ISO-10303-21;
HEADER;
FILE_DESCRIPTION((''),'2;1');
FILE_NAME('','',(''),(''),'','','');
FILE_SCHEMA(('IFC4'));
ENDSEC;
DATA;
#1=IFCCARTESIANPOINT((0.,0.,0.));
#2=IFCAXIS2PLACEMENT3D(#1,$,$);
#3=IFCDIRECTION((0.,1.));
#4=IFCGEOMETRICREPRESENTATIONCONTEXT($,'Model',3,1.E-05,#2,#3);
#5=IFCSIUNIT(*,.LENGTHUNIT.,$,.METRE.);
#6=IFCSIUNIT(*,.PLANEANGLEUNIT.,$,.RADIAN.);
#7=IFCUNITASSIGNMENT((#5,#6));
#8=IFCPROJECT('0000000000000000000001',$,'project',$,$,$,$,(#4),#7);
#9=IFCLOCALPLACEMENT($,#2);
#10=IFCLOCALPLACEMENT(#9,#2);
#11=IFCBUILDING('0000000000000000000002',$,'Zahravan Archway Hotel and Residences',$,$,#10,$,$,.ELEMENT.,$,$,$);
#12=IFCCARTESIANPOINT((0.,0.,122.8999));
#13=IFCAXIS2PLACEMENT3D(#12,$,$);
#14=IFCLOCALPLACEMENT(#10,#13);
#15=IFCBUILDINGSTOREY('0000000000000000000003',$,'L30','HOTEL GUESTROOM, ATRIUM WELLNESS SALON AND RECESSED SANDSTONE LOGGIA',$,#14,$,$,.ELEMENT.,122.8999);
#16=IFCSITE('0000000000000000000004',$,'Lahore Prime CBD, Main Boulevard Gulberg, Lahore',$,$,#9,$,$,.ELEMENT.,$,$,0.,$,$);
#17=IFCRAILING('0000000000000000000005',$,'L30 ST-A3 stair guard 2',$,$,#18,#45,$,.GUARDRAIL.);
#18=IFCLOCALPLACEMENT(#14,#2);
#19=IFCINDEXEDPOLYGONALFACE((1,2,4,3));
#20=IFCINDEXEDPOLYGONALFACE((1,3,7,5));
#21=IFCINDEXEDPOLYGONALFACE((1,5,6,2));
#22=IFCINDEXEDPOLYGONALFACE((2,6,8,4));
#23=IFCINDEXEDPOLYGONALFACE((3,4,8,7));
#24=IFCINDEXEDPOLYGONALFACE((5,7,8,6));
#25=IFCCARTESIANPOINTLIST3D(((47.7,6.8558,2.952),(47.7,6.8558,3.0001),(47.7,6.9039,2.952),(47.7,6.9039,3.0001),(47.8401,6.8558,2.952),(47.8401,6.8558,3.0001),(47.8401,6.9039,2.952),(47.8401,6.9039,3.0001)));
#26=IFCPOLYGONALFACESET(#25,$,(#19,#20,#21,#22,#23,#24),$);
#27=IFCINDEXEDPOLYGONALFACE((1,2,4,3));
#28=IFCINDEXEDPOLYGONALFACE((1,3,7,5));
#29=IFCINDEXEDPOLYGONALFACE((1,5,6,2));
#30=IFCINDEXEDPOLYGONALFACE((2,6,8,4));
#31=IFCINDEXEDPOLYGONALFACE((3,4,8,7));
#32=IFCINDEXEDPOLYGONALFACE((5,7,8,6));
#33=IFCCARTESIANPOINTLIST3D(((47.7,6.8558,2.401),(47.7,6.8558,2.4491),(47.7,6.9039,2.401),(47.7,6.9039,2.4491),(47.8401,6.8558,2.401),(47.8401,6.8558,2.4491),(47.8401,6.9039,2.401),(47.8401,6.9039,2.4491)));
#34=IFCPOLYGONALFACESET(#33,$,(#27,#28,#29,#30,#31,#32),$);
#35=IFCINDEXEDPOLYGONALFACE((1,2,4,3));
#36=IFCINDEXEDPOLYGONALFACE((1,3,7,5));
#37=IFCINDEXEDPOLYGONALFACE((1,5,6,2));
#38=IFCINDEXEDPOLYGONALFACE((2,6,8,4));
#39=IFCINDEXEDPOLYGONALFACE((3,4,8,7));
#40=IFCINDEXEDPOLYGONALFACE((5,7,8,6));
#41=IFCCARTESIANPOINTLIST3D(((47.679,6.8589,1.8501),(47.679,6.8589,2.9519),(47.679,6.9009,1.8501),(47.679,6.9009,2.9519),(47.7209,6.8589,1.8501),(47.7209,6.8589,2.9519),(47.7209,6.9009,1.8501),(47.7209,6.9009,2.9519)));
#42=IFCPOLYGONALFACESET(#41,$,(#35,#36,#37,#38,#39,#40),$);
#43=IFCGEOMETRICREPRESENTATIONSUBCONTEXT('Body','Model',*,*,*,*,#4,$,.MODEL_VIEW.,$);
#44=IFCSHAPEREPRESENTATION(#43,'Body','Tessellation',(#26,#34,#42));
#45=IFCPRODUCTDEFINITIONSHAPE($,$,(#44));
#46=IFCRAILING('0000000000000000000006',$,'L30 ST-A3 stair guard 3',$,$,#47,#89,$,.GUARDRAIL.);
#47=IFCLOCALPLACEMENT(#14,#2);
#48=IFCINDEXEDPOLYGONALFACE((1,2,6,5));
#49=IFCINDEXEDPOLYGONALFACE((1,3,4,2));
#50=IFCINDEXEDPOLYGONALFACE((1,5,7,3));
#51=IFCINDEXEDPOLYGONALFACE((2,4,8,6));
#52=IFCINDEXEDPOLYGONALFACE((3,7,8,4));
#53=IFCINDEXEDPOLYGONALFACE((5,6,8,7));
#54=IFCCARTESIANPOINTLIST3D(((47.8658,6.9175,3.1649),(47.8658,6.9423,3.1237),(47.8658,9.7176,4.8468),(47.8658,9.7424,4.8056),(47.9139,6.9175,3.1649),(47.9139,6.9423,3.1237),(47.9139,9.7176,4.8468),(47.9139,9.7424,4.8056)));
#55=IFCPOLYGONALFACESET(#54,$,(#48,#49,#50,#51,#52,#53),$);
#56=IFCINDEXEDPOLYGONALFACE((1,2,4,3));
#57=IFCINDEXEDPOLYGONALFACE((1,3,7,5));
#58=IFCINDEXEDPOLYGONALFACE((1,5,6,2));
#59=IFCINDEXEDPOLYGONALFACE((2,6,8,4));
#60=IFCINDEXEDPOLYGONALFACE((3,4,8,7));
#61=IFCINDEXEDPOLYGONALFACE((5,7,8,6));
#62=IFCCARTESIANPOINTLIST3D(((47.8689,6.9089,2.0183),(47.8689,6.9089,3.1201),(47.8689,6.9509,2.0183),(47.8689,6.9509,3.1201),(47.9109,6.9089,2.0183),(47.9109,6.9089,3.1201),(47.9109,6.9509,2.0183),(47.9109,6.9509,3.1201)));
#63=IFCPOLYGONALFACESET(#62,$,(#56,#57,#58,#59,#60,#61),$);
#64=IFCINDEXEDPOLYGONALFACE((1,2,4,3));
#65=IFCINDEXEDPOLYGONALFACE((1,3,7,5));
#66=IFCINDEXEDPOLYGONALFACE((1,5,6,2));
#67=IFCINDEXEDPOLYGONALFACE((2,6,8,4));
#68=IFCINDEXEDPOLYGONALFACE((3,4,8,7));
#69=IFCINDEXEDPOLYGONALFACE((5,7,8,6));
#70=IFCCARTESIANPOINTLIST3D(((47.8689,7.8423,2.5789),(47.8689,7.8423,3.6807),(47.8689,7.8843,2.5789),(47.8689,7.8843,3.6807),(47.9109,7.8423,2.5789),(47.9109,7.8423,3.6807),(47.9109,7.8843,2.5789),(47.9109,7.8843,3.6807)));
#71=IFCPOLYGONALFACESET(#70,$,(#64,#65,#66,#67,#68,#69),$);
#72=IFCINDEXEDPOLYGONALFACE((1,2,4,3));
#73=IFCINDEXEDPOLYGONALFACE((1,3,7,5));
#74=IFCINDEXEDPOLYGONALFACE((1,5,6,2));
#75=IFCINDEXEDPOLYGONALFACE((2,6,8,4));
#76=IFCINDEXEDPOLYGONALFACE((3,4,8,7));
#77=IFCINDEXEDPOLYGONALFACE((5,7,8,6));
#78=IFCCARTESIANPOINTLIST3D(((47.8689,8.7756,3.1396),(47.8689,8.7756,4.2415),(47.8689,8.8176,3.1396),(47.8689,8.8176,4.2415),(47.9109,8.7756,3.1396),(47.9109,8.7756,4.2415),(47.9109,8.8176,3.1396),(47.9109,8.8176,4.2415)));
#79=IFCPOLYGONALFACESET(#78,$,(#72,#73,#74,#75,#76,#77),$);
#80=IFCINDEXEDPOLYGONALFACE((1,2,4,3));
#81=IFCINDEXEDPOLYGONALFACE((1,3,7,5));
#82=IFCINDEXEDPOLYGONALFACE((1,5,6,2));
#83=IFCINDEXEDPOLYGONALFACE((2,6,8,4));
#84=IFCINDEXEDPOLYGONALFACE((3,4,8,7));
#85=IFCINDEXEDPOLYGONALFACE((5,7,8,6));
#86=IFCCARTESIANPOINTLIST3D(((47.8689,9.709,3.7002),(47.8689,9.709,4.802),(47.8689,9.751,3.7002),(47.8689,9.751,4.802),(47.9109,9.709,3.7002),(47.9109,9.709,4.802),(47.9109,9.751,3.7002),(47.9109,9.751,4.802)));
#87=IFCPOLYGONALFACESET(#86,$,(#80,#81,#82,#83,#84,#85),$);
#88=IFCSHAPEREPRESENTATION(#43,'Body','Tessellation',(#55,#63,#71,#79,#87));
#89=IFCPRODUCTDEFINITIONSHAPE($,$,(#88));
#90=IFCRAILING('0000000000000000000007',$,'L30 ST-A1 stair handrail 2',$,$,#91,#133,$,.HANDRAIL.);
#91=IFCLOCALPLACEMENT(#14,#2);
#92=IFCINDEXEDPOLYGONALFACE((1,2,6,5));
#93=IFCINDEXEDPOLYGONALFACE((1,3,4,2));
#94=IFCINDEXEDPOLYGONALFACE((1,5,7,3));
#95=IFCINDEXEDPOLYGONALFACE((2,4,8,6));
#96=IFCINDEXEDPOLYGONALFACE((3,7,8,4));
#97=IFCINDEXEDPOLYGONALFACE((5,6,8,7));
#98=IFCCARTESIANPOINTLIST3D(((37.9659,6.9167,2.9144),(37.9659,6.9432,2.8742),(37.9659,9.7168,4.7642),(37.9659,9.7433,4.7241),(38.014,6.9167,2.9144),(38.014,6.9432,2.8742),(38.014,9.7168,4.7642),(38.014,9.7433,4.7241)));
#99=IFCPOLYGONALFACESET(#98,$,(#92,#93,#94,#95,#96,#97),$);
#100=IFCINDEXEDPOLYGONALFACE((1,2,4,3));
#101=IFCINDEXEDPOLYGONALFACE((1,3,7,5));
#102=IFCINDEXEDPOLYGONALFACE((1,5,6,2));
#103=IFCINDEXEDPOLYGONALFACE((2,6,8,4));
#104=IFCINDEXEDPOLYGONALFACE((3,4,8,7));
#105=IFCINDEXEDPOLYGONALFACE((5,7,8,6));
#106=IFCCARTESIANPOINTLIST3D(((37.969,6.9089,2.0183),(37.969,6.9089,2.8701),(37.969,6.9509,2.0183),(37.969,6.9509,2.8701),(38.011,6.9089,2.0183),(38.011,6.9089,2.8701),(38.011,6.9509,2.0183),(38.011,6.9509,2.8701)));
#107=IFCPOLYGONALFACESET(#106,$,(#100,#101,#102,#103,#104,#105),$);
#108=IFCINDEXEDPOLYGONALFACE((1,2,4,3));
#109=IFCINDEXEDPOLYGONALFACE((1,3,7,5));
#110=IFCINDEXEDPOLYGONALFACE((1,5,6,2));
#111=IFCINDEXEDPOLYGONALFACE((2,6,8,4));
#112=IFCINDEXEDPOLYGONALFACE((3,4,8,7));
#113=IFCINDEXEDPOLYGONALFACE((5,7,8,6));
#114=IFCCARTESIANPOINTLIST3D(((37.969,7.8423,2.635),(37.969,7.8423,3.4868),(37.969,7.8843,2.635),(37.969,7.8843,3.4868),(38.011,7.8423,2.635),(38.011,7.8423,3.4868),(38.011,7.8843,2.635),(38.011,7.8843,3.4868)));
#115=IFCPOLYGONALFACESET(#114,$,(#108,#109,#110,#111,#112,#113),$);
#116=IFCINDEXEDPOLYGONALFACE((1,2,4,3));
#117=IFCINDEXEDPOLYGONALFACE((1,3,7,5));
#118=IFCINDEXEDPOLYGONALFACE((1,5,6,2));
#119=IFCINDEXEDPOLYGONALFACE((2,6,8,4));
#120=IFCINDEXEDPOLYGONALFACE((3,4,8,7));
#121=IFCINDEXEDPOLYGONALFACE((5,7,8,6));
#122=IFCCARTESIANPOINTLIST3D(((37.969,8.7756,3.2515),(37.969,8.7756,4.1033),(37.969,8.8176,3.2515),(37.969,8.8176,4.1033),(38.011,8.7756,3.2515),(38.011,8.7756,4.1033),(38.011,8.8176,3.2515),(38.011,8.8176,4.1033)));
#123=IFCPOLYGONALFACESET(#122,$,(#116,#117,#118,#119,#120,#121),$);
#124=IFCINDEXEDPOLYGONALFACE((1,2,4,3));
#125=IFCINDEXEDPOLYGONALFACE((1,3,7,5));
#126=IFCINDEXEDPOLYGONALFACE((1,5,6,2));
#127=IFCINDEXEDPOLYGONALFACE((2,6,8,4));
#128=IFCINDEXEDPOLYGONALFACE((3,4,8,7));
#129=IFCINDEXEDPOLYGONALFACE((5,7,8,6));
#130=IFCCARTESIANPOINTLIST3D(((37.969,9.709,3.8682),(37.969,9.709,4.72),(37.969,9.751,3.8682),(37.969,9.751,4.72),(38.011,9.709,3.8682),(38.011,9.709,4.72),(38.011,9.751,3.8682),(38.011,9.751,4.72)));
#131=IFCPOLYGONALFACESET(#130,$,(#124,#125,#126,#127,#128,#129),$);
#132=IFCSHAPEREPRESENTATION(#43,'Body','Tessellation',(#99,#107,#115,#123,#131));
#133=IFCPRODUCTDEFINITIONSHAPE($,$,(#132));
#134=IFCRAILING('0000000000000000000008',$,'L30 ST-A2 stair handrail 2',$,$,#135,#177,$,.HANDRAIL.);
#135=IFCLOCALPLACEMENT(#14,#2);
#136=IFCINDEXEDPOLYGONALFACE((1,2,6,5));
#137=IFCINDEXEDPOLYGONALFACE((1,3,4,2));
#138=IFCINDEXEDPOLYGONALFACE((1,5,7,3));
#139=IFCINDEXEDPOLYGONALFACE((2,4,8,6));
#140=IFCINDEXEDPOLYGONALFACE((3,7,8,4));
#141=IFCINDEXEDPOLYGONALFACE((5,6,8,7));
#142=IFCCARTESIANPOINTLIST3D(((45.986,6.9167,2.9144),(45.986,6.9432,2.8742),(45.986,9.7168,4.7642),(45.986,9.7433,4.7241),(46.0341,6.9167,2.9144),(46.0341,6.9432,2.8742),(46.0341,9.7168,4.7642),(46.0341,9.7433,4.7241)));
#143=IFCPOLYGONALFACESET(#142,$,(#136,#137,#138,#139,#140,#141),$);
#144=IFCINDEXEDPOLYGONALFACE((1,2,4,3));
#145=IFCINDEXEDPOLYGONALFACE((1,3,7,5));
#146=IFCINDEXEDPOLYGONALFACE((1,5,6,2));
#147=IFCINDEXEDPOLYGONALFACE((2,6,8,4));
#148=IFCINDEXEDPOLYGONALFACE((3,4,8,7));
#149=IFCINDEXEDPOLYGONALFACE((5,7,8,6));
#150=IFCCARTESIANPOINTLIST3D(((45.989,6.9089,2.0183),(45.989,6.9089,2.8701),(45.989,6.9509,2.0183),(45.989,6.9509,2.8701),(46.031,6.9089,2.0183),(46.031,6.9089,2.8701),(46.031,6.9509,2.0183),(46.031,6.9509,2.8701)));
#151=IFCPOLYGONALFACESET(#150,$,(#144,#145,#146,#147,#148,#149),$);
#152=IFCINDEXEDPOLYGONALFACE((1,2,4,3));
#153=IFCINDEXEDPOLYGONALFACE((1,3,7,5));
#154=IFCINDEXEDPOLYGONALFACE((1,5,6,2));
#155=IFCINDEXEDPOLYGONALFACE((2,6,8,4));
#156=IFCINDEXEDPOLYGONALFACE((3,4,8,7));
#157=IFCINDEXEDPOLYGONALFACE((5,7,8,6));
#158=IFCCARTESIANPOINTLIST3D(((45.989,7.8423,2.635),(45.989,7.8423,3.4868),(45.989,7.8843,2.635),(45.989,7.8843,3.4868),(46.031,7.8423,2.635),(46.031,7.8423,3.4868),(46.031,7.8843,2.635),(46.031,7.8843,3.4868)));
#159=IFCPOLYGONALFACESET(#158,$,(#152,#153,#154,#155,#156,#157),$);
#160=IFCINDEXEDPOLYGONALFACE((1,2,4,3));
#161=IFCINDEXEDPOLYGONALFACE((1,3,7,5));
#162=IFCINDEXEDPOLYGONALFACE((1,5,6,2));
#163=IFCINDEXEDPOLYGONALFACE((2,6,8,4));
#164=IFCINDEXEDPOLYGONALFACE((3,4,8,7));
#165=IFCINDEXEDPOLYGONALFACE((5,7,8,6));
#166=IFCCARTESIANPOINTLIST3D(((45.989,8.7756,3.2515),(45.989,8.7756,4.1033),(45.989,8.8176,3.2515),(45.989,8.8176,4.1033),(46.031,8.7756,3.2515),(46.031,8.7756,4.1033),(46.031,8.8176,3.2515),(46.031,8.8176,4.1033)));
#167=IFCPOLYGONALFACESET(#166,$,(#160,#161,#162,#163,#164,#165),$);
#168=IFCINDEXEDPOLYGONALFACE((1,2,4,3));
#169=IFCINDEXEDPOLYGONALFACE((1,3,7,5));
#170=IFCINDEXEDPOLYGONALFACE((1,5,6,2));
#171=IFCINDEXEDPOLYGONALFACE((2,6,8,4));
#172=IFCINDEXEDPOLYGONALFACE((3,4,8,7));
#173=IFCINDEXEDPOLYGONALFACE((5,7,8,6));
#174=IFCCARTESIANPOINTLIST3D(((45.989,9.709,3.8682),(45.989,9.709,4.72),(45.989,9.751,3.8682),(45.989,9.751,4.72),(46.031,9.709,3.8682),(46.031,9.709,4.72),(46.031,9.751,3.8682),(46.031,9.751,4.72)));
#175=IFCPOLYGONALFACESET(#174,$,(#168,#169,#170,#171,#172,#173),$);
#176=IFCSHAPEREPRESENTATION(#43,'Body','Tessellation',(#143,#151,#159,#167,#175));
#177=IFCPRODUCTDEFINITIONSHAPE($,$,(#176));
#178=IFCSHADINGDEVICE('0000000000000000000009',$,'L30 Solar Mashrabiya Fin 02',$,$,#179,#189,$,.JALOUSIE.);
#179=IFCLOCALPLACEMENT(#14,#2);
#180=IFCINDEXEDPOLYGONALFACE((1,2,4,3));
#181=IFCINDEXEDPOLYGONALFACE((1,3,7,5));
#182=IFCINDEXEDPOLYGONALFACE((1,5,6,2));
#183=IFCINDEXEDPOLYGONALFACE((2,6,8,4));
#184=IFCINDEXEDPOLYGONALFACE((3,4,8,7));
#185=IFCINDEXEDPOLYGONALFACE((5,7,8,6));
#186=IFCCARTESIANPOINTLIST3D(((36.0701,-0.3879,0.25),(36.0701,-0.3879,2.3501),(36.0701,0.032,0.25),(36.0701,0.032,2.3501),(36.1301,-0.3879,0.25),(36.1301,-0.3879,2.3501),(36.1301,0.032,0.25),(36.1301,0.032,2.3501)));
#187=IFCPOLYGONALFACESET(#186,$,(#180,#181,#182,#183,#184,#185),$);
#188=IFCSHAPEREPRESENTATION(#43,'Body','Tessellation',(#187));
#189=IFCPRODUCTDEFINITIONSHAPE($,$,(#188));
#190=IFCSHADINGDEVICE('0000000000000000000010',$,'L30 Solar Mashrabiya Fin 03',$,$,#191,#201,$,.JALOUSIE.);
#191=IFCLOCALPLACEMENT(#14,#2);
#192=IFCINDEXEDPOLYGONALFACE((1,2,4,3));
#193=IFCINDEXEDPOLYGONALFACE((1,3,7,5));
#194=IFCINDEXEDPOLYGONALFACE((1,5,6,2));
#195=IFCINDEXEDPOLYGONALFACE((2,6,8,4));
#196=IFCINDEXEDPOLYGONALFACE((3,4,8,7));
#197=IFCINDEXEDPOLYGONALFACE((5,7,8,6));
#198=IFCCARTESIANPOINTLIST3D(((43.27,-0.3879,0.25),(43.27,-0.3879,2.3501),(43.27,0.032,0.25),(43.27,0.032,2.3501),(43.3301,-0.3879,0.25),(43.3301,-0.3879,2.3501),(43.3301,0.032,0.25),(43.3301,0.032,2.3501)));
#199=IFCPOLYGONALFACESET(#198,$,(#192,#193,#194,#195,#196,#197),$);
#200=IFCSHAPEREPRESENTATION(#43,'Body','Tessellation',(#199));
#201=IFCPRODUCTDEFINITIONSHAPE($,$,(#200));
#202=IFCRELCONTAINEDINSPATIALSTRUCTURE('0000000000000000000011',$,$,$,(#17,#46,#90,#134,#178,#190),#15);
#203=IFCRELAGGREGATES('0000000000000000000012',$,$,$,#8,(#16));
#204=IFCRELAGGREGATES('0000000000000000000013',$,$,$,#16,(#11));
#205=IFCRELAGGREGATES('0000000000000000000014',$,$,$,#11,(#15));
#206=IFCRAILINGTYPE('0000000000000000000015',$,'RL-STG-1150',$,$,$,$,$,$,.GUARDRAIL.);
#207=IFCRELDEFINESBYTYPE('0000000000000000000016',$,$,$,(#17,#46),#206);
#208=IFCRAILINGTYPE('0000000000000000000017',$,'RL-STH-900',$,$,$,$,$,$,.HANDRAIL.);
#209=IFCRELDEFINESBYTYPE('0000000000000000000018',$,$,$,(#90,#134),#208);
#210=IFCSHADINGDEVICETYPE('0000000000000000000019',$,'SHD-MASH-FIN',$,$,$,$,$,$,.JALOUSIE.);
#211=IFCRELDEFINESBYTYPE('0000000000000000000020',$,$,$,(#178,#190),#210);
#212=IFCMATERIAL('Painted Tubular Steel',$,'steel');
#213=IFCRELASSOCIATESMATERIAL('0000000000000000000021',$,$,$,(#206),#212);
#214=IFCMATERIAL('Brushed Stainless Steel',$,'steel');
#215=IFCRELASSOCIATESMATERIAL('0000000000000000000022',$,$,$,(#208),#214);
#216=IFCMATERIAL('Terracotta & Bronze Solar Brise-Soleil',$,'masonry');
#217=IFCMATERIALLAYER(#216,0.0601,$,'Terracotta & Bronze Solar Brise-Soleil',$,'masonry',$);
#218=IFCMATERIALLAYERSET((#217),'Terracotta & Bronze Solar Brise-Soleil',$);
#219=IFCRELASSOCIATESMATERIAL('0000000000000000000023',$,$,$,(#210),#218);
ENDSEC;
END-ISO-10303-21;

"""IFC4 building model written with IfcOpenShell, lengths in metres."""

from ifc_helpers import new_model, si_unit, direction, frame, origin, origin_2d, place, context, subcontext, project, spatial, rectangle, extrude, source, transform, mapped, material, layer, layer_set, type_object, type_shapes, element, save


model = new_model("IFC4")

# Units and contexts
model_context = context("Model", 3, precision=1e-05, world=origin(), true_north=direction((0.0, 1.0)))
body_context = subcontext(model_context, "Body", "Model", "MODEL_VIEW")
ifc_project = project(units=[si_unit("LENGTHUNIT", "METRE"), si_unit("PLANEANGLEUNIT", "RADIAN")], contexts=[model_context])

# Site, building, storey
site_placement = place(None, origin())
site = spatial("IfcSite", under=ifc_project, at=site_placement, Name="Lahore Prime CBD, Main Boulevard Gulberg, Lahore", CompositionType="ELEMENT", RefElevation=0.0)
building_placement = place(site_placement, origin())
building = spatial("IfcBuilding", under=site, at=building_placement, Name="Zahravan Archway Hotel and Residences", CompositionType="ELEMENT")
storey_placement = place(building_placement, frame((0.0, 0.0, 122.8999)))
storey = spatial("IfcBuildingStorey", under=building, at=storey_placement, Name="L30", Description="HOTEL GUESTROOM, ATRIUM WELLNESS SALON AND RECESSED SANDSTONE LOGGIA", CompositionType="ELEMENT", Elevation=122.8999)

# Railings
ifc_material_1 = material(Name="Painted Tubular Steel", Category="steel")
railing_type_1 = type_object("IfcRailingType", Name="RL-STG-1150", PredefinedType="GUARDRAIL", material=ifc_material_1)
railing_1_placement = place(storey_placement, frame((47.7, 6.8799, 1.8501)))
element("IfcRailing", 1, at=railing_1_placement, inside=storey, type_object=railing_type_1, Name="L30 ST-A3 stair guard 2", PredefinedType="GUARDRAIL", context=body_context, shape_type="SweptSolid", body=[
    extrude(rectangle(XDim=0.0481, YDim=0.0481, at=origin_2d()), frame((0.0, 0.0, 1.126), z_axis=(1.0, 0.0, 0.0), x_axis=(0.0, 1.0, 0.0)), (0.0, 0.0, 1.0), 0.1401),
    extrude(rectangle(XDim=0.0481, YDim=0.0481, at=origin_2d()), frame((0.0, 0.0, 0.575), z_axis=(1.0, 0.0, 0.0), x_axis=(0.0, 1.0, 0.0)), (0.0, 0.0, 1.0), 0.1401),
    extrude(rectangle(XDim=0.042, YDim=0.042, at=origin_2d()), origin(), (0.0, 0.0, 1.0), 1.1018),
])
railing_2_placement = place(storey_placement, frame((47.8899, 6.9299, 2.0183)))
element("IfcRailing", 2, at=railing_2_placement, inside=storey, type_object=railing_type_1, Name="L30 ST-A3 stair guard 3", PredefinedType="GUARDRAIL", context=body_context, shape_type="SweptSolid", body=[
    extrude(rectangle(XDim=0.0481, YDim=0.0481, at=origin_2d()), frame((0.0, 0.0, 1.126), z_axis=(0.0, 0.857242, 0.514913), x_axis=(-1.0, 0.0, 0.0)), (0.0, 0.0, 1.0), 3.2664),
    extrude(rectangle(XDim=0.042, YDim=0.042, at=origin_2d()), origin(), (0.0, 0.0, 1.0), 1.1018),
    extrude(rectangle(XDim=0.042, YDim=0.042, at=origin_2d()), frame((0.0, 0.9333, 0.5605)), (0.0, 0.0, 1.0), 1.1018),
    extrude(rectangle(XDim=0.042, YDim=0.042, at=origin_2d()), frame((0.0, 1.8667, 1.1213)), (0.0, 0.0, 1.0), 1.1018),
    extrude(rectangle(XDim=0.042, YDim=0.042, at=origin_2d()), frame((0.0, 2.8, 1.6819)), (0.0, 0.0, 1.0), 1.1018),
])
ifc_material_2 = material(Name="Brushed Stainless Steel", Category="steel")
railing_type_2 = type_object("IfcRailingType", Name="RL-STH-900", PredefinedType="HANDRAIL", material=ifc_material_2)
for number, where, name in (
    (3, (37.99, 6.9299, 2.0183), "L30 ST-A1 stair handrail 2"),
    (4, (46.01, 6.9299, 2.0183), "L30 ST-A2 stair handrail 2"),
):
    element("IfcRailing", number, at=place(storey_placement, frame(where)), inside=storey, type_object=railing_type_2, Name=name, PredefinedType="HANDRAIL", context=body_context, shape_type="SweptSolid", body=[
        extrude(rectangle(XDim=0.0481, YDim=0.0481, at=origin_2d()), frame((0.0, 0.0, 0.876), z_axis=(0.0, 0.83436, 0.55122), x_axis=(-1.0, 0.0, 0.0)), (0.0, 0.0, 1.0), 3.356),
        extrude(rectangle(XDim=0.042, YDim=0.042, at=origin_2d()), origin(), (0.0, 0.0, 1.0), 0.8518),
        extrude(rectangle(XDim=0.042, YDim=0.042, at=origin_2d()), frame((0.0, 0.9333, 0.6167)), (0.0, 0.0, 1.0), 0.8518),
        extrude(rectangle(XDim=0.042, YDim=0.042, at=origin_2d()), frame((0.0, 1.8667, 1.2332)), (0.0, 0.0, 1.0), 0.8518),
        extrude(rectangle(XDim=0.042, YDim=0.042, at=origin_2d()), frame((0.0, 2.8, 1.8499)), (0.0, 0.0, 1.0), 0.8518),
    ])

# Shading devices
ifc_material_3 = material(Name="Terracotta & Bronze Solar Brise-Soleil", Category="masonry")
ifc_layer_1 = layer(ifc_material_3, 0.0601, Name="Terracotta & Bronze Solar Brise-Soleil", Category="masonry")
ifc_layer_set_1 = layer_set([ifc_layer_1], Name="Terracotta & Bronze Solar Brise-Soleil")
shading_device_type = type_object("IfcShadingDeviceType", Name="SHD-MASH-FIN", PredefinedType="JALOUSIE", material=ifc_layer_set_1)
shared_shape_1 = source(origin(), body_context, "Body", "SweptSolid", [
    extrude(rectangle(XDim=0.0601, YDim=0.4199, at=origin_2d()), origin(), (0.0, 0.0, 1.0), 2.1001),
])
type_shapes(shading_device_type, [shared_shape_1])
for number, where, z_axis, x_axis, name in (
    (5, (36.1001, -0.178, 0.25), (0.0, 0.0, 1.0), (1.0, 0.0, 0.0), "L30 Solar Mashrabiya Fin 02"),
    (6, (43.3, -0.178, 0.25), (0.0, 0.0, 1.0), (1.0, 0.0, 0.0), "L30 Solar Mashrabiya Fin 03"),
):
    element("IfcShadingDevice", number, at=place(storey_placement, frame(where, z_axis=z_axis, x_axis=x_axis)), inside=storey, type_object=shading_device_type, Name=name, PredefinedType="JALOUSIE", context=body_context, shape_type="MappedRepresentation", body=[
        mapped(shared_shape_1, transform((0.0, 0.0, 0.0), scale=1.0)),
    ])

save(model, "model.ifc")
